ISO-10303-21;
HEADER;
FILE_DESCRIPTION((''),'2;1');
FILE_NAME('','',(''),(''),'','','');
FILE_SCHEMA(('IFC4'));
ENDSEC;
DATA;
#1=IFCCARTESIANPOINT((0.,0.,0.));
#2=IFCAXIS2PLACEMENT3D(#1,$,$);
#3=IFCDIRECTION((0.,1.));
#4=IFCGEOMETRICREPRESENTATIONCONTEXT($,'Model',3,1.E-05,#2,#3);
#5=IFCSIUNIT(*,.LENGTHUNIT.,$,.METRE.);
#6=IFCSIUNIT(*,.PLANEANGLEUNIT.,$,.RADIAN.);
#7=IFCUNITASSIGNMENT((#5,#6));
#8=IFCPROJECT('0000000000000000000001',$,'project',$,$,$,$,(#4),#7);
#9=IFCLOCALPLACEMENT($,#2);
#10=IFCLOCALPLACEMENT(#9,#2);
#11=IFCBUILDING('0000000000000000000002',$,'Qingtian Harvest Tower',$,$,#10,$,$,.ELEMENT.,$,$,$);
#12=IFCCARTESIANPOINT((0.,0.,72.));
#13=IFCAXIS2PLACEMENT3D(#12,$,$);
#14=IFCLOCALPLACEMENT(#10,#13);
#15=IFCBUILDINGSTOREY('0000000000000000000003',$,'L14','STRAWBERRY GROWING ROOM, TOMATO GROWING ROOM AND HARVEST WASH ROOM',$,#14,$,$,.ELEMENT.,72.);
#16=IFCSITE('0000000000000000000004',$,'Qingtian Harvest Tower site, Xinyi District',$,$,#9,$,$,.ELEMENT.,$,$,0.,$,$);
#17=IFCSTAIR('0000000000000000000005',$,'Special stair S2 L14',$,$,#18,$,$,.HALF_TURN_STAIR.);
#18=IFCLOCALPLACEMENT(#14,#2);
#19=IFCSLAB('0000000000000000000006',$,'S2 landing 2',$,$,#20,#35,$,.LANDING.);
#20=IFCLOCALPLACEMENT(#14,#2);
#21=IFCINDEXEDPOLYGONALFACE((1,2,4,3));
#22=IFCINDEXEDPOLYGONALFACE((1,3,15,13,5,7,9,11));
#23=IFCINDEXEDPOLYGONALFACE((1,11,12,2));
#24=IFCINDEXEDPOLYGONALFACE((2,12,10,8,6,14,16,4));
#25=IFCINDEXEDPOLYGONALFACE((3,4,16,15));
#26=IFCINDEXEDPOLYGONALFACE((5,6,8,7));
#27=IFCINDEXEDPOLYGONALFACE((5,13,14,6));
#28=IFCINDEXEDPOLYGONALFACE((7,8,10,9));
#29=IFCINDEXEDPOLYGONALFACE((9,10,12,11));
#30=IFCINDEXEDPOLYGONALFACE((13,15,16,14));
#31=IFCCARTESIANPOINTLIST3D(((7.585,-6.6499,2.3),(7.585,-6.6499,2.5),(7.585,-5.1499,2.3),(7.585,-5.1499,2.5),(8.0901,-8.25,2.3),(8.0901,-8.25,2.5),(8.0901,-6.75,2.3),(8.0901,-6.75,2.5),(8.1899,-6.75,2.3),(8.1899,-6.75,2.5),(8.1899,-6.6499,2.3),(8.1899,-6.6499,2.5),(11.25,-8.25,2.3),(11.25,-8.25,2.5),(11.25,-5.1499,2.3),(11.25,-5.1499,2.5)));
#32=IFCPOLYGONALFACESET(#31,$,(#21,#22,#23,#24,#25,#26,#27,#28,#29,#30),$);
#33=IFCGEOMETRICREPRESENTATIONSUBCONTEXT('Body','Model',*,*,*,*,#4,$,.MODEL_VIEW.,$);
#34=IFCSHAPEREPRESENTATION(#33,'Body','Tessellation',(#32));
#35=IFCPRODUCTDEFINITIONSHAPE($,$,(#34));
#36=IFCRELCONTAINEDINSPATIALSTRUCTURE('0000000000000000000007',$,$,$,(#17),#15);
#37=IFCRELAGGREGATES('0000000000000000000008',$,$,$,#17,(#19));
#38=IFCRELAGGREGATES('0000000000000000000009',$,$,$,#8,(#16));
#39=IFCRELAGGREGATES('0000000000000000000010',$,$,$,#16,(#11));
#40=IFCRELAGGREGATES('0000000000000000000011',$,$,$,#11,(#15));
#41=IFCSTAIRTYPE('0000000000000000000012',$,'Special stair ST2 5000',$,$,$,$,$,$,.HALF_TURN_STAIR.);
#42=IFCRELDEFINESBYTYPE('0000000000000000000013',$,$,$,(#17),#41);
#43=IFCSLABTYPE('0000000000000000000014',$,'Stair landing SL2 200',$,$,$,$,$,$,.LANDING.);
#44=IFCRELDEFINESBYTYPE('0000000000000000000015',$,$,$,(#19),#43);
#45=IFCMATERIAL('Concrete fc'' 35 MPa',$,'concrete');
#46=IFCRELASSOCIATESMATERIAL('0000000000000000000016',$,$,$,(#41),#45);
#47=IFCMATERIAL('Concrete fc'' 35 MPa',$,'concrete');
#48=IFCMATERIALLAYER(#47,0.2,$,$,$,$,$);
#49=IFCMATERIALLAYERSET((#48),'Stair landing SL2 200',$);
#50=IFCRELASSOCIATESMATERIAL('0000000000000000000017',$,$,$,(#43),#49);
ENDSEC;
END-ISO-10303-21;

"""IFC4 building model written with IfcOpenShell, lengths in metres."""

from ifc_helpers import new_model, si_unit, direction, frame, origin, place, context, subcontext, project, spatial, polyline, outline, extrude, material, layer, layer_set, type_object, element, aggregate, save


model = new_model("IFC4")

# Units and contexts
model_context = context("Model", 3, precision=1e-05, world=origin(), true_north=direction((0.0, 1.0)))
body_context = subcontext(model_context, "Body", "Model", "MODEL_VIEW")
ifc_project = project(units=[si_unit("LENGTHUNIT", "METRE"), si_unit("PLANEANGLEUNIT", "RADIAN")], contexts=[model_context])

# Site, building, storey
site_placement = place(None, origin())
site = spatial("IfcSite", under=ifc_project, at=site_placement, Name="Qingtian Harvest Tower site, Xinyi District", CompositionType="ELEMENT", RefElevation=0.0)
building_placement = place(site_placement, origin())
building = spatial("IfcBuilding", under=site, at=building_placement, Name="Qingtian Harvest Tower", CompositionType="ELEMENT")
storey_placement = place(building_placement, frame((0.0, 0.0, 72.0)))
storey = spatial("IfcBuildingStorey", under=building, at=storey_placement, Name="L14", Description="STRAWBERRY GROWING ROOM, TOMATO GROWING ROOM AND HARVEST WASH ROOM", CompositionType="ELEMENT", Elevation=72.0)

# Stair, slab
ifc_material_1 = material(Name="Concrete fc' 35 MPa", Category="concrete")
stair_type = type_object("IfcStairType", Name="Special stair ST2 5000", PredefinedType="HALF_TURN_STAIR", material=ifc_material_1)
stair_placement = place(storey_placement, origin())
stair = element("IfcStair", 1, at=stair_placement, inside=storey, type_object=stair_type, Name="Special stair S2 L14", PredefinedType="HALF_TURN_STAIR")
ifc_material_2 = material(Name="Concrete fc' 35 MPa", Category="concrete")
ifc_layer_1 = layer(ifc_material_2, 0.2)
ifc_layer_set_1 = layer_set([ifc_layer_1], Name="Stair landing SL2 200")
slab_type_1 = type_object("IfcSlabType", Name="Stair landing SL2 200", PredefinedType="LANDING", material=ifc_layer_set_1)
slab_1_placement = place(storey_placement, frame((0.0, 0.0, 2.3)))
slab_1 = element("IfcSlab", 2, at=slab_1_placement, type_object=slab_type_1, Name="S2 landing 2", PredefinedType="LANDING", context=body_context, shape_type="SweptSolid", body=[
    extrude(outline(polyline([(8.0901, -8.25), (8.0901, -6.75), (8.1899, -6.75), (8.1899, -6.6499), (7.585, -6.6499), (7.585, -5.1499), (11.25, -5.1499), (11.25, -8.25), (8.0901, -8.25)])), origin(), (0.0, 0.0, 1.0), 0.2),
])
aggregate(stair, [slab_1])

save(model, "model.ifc")
